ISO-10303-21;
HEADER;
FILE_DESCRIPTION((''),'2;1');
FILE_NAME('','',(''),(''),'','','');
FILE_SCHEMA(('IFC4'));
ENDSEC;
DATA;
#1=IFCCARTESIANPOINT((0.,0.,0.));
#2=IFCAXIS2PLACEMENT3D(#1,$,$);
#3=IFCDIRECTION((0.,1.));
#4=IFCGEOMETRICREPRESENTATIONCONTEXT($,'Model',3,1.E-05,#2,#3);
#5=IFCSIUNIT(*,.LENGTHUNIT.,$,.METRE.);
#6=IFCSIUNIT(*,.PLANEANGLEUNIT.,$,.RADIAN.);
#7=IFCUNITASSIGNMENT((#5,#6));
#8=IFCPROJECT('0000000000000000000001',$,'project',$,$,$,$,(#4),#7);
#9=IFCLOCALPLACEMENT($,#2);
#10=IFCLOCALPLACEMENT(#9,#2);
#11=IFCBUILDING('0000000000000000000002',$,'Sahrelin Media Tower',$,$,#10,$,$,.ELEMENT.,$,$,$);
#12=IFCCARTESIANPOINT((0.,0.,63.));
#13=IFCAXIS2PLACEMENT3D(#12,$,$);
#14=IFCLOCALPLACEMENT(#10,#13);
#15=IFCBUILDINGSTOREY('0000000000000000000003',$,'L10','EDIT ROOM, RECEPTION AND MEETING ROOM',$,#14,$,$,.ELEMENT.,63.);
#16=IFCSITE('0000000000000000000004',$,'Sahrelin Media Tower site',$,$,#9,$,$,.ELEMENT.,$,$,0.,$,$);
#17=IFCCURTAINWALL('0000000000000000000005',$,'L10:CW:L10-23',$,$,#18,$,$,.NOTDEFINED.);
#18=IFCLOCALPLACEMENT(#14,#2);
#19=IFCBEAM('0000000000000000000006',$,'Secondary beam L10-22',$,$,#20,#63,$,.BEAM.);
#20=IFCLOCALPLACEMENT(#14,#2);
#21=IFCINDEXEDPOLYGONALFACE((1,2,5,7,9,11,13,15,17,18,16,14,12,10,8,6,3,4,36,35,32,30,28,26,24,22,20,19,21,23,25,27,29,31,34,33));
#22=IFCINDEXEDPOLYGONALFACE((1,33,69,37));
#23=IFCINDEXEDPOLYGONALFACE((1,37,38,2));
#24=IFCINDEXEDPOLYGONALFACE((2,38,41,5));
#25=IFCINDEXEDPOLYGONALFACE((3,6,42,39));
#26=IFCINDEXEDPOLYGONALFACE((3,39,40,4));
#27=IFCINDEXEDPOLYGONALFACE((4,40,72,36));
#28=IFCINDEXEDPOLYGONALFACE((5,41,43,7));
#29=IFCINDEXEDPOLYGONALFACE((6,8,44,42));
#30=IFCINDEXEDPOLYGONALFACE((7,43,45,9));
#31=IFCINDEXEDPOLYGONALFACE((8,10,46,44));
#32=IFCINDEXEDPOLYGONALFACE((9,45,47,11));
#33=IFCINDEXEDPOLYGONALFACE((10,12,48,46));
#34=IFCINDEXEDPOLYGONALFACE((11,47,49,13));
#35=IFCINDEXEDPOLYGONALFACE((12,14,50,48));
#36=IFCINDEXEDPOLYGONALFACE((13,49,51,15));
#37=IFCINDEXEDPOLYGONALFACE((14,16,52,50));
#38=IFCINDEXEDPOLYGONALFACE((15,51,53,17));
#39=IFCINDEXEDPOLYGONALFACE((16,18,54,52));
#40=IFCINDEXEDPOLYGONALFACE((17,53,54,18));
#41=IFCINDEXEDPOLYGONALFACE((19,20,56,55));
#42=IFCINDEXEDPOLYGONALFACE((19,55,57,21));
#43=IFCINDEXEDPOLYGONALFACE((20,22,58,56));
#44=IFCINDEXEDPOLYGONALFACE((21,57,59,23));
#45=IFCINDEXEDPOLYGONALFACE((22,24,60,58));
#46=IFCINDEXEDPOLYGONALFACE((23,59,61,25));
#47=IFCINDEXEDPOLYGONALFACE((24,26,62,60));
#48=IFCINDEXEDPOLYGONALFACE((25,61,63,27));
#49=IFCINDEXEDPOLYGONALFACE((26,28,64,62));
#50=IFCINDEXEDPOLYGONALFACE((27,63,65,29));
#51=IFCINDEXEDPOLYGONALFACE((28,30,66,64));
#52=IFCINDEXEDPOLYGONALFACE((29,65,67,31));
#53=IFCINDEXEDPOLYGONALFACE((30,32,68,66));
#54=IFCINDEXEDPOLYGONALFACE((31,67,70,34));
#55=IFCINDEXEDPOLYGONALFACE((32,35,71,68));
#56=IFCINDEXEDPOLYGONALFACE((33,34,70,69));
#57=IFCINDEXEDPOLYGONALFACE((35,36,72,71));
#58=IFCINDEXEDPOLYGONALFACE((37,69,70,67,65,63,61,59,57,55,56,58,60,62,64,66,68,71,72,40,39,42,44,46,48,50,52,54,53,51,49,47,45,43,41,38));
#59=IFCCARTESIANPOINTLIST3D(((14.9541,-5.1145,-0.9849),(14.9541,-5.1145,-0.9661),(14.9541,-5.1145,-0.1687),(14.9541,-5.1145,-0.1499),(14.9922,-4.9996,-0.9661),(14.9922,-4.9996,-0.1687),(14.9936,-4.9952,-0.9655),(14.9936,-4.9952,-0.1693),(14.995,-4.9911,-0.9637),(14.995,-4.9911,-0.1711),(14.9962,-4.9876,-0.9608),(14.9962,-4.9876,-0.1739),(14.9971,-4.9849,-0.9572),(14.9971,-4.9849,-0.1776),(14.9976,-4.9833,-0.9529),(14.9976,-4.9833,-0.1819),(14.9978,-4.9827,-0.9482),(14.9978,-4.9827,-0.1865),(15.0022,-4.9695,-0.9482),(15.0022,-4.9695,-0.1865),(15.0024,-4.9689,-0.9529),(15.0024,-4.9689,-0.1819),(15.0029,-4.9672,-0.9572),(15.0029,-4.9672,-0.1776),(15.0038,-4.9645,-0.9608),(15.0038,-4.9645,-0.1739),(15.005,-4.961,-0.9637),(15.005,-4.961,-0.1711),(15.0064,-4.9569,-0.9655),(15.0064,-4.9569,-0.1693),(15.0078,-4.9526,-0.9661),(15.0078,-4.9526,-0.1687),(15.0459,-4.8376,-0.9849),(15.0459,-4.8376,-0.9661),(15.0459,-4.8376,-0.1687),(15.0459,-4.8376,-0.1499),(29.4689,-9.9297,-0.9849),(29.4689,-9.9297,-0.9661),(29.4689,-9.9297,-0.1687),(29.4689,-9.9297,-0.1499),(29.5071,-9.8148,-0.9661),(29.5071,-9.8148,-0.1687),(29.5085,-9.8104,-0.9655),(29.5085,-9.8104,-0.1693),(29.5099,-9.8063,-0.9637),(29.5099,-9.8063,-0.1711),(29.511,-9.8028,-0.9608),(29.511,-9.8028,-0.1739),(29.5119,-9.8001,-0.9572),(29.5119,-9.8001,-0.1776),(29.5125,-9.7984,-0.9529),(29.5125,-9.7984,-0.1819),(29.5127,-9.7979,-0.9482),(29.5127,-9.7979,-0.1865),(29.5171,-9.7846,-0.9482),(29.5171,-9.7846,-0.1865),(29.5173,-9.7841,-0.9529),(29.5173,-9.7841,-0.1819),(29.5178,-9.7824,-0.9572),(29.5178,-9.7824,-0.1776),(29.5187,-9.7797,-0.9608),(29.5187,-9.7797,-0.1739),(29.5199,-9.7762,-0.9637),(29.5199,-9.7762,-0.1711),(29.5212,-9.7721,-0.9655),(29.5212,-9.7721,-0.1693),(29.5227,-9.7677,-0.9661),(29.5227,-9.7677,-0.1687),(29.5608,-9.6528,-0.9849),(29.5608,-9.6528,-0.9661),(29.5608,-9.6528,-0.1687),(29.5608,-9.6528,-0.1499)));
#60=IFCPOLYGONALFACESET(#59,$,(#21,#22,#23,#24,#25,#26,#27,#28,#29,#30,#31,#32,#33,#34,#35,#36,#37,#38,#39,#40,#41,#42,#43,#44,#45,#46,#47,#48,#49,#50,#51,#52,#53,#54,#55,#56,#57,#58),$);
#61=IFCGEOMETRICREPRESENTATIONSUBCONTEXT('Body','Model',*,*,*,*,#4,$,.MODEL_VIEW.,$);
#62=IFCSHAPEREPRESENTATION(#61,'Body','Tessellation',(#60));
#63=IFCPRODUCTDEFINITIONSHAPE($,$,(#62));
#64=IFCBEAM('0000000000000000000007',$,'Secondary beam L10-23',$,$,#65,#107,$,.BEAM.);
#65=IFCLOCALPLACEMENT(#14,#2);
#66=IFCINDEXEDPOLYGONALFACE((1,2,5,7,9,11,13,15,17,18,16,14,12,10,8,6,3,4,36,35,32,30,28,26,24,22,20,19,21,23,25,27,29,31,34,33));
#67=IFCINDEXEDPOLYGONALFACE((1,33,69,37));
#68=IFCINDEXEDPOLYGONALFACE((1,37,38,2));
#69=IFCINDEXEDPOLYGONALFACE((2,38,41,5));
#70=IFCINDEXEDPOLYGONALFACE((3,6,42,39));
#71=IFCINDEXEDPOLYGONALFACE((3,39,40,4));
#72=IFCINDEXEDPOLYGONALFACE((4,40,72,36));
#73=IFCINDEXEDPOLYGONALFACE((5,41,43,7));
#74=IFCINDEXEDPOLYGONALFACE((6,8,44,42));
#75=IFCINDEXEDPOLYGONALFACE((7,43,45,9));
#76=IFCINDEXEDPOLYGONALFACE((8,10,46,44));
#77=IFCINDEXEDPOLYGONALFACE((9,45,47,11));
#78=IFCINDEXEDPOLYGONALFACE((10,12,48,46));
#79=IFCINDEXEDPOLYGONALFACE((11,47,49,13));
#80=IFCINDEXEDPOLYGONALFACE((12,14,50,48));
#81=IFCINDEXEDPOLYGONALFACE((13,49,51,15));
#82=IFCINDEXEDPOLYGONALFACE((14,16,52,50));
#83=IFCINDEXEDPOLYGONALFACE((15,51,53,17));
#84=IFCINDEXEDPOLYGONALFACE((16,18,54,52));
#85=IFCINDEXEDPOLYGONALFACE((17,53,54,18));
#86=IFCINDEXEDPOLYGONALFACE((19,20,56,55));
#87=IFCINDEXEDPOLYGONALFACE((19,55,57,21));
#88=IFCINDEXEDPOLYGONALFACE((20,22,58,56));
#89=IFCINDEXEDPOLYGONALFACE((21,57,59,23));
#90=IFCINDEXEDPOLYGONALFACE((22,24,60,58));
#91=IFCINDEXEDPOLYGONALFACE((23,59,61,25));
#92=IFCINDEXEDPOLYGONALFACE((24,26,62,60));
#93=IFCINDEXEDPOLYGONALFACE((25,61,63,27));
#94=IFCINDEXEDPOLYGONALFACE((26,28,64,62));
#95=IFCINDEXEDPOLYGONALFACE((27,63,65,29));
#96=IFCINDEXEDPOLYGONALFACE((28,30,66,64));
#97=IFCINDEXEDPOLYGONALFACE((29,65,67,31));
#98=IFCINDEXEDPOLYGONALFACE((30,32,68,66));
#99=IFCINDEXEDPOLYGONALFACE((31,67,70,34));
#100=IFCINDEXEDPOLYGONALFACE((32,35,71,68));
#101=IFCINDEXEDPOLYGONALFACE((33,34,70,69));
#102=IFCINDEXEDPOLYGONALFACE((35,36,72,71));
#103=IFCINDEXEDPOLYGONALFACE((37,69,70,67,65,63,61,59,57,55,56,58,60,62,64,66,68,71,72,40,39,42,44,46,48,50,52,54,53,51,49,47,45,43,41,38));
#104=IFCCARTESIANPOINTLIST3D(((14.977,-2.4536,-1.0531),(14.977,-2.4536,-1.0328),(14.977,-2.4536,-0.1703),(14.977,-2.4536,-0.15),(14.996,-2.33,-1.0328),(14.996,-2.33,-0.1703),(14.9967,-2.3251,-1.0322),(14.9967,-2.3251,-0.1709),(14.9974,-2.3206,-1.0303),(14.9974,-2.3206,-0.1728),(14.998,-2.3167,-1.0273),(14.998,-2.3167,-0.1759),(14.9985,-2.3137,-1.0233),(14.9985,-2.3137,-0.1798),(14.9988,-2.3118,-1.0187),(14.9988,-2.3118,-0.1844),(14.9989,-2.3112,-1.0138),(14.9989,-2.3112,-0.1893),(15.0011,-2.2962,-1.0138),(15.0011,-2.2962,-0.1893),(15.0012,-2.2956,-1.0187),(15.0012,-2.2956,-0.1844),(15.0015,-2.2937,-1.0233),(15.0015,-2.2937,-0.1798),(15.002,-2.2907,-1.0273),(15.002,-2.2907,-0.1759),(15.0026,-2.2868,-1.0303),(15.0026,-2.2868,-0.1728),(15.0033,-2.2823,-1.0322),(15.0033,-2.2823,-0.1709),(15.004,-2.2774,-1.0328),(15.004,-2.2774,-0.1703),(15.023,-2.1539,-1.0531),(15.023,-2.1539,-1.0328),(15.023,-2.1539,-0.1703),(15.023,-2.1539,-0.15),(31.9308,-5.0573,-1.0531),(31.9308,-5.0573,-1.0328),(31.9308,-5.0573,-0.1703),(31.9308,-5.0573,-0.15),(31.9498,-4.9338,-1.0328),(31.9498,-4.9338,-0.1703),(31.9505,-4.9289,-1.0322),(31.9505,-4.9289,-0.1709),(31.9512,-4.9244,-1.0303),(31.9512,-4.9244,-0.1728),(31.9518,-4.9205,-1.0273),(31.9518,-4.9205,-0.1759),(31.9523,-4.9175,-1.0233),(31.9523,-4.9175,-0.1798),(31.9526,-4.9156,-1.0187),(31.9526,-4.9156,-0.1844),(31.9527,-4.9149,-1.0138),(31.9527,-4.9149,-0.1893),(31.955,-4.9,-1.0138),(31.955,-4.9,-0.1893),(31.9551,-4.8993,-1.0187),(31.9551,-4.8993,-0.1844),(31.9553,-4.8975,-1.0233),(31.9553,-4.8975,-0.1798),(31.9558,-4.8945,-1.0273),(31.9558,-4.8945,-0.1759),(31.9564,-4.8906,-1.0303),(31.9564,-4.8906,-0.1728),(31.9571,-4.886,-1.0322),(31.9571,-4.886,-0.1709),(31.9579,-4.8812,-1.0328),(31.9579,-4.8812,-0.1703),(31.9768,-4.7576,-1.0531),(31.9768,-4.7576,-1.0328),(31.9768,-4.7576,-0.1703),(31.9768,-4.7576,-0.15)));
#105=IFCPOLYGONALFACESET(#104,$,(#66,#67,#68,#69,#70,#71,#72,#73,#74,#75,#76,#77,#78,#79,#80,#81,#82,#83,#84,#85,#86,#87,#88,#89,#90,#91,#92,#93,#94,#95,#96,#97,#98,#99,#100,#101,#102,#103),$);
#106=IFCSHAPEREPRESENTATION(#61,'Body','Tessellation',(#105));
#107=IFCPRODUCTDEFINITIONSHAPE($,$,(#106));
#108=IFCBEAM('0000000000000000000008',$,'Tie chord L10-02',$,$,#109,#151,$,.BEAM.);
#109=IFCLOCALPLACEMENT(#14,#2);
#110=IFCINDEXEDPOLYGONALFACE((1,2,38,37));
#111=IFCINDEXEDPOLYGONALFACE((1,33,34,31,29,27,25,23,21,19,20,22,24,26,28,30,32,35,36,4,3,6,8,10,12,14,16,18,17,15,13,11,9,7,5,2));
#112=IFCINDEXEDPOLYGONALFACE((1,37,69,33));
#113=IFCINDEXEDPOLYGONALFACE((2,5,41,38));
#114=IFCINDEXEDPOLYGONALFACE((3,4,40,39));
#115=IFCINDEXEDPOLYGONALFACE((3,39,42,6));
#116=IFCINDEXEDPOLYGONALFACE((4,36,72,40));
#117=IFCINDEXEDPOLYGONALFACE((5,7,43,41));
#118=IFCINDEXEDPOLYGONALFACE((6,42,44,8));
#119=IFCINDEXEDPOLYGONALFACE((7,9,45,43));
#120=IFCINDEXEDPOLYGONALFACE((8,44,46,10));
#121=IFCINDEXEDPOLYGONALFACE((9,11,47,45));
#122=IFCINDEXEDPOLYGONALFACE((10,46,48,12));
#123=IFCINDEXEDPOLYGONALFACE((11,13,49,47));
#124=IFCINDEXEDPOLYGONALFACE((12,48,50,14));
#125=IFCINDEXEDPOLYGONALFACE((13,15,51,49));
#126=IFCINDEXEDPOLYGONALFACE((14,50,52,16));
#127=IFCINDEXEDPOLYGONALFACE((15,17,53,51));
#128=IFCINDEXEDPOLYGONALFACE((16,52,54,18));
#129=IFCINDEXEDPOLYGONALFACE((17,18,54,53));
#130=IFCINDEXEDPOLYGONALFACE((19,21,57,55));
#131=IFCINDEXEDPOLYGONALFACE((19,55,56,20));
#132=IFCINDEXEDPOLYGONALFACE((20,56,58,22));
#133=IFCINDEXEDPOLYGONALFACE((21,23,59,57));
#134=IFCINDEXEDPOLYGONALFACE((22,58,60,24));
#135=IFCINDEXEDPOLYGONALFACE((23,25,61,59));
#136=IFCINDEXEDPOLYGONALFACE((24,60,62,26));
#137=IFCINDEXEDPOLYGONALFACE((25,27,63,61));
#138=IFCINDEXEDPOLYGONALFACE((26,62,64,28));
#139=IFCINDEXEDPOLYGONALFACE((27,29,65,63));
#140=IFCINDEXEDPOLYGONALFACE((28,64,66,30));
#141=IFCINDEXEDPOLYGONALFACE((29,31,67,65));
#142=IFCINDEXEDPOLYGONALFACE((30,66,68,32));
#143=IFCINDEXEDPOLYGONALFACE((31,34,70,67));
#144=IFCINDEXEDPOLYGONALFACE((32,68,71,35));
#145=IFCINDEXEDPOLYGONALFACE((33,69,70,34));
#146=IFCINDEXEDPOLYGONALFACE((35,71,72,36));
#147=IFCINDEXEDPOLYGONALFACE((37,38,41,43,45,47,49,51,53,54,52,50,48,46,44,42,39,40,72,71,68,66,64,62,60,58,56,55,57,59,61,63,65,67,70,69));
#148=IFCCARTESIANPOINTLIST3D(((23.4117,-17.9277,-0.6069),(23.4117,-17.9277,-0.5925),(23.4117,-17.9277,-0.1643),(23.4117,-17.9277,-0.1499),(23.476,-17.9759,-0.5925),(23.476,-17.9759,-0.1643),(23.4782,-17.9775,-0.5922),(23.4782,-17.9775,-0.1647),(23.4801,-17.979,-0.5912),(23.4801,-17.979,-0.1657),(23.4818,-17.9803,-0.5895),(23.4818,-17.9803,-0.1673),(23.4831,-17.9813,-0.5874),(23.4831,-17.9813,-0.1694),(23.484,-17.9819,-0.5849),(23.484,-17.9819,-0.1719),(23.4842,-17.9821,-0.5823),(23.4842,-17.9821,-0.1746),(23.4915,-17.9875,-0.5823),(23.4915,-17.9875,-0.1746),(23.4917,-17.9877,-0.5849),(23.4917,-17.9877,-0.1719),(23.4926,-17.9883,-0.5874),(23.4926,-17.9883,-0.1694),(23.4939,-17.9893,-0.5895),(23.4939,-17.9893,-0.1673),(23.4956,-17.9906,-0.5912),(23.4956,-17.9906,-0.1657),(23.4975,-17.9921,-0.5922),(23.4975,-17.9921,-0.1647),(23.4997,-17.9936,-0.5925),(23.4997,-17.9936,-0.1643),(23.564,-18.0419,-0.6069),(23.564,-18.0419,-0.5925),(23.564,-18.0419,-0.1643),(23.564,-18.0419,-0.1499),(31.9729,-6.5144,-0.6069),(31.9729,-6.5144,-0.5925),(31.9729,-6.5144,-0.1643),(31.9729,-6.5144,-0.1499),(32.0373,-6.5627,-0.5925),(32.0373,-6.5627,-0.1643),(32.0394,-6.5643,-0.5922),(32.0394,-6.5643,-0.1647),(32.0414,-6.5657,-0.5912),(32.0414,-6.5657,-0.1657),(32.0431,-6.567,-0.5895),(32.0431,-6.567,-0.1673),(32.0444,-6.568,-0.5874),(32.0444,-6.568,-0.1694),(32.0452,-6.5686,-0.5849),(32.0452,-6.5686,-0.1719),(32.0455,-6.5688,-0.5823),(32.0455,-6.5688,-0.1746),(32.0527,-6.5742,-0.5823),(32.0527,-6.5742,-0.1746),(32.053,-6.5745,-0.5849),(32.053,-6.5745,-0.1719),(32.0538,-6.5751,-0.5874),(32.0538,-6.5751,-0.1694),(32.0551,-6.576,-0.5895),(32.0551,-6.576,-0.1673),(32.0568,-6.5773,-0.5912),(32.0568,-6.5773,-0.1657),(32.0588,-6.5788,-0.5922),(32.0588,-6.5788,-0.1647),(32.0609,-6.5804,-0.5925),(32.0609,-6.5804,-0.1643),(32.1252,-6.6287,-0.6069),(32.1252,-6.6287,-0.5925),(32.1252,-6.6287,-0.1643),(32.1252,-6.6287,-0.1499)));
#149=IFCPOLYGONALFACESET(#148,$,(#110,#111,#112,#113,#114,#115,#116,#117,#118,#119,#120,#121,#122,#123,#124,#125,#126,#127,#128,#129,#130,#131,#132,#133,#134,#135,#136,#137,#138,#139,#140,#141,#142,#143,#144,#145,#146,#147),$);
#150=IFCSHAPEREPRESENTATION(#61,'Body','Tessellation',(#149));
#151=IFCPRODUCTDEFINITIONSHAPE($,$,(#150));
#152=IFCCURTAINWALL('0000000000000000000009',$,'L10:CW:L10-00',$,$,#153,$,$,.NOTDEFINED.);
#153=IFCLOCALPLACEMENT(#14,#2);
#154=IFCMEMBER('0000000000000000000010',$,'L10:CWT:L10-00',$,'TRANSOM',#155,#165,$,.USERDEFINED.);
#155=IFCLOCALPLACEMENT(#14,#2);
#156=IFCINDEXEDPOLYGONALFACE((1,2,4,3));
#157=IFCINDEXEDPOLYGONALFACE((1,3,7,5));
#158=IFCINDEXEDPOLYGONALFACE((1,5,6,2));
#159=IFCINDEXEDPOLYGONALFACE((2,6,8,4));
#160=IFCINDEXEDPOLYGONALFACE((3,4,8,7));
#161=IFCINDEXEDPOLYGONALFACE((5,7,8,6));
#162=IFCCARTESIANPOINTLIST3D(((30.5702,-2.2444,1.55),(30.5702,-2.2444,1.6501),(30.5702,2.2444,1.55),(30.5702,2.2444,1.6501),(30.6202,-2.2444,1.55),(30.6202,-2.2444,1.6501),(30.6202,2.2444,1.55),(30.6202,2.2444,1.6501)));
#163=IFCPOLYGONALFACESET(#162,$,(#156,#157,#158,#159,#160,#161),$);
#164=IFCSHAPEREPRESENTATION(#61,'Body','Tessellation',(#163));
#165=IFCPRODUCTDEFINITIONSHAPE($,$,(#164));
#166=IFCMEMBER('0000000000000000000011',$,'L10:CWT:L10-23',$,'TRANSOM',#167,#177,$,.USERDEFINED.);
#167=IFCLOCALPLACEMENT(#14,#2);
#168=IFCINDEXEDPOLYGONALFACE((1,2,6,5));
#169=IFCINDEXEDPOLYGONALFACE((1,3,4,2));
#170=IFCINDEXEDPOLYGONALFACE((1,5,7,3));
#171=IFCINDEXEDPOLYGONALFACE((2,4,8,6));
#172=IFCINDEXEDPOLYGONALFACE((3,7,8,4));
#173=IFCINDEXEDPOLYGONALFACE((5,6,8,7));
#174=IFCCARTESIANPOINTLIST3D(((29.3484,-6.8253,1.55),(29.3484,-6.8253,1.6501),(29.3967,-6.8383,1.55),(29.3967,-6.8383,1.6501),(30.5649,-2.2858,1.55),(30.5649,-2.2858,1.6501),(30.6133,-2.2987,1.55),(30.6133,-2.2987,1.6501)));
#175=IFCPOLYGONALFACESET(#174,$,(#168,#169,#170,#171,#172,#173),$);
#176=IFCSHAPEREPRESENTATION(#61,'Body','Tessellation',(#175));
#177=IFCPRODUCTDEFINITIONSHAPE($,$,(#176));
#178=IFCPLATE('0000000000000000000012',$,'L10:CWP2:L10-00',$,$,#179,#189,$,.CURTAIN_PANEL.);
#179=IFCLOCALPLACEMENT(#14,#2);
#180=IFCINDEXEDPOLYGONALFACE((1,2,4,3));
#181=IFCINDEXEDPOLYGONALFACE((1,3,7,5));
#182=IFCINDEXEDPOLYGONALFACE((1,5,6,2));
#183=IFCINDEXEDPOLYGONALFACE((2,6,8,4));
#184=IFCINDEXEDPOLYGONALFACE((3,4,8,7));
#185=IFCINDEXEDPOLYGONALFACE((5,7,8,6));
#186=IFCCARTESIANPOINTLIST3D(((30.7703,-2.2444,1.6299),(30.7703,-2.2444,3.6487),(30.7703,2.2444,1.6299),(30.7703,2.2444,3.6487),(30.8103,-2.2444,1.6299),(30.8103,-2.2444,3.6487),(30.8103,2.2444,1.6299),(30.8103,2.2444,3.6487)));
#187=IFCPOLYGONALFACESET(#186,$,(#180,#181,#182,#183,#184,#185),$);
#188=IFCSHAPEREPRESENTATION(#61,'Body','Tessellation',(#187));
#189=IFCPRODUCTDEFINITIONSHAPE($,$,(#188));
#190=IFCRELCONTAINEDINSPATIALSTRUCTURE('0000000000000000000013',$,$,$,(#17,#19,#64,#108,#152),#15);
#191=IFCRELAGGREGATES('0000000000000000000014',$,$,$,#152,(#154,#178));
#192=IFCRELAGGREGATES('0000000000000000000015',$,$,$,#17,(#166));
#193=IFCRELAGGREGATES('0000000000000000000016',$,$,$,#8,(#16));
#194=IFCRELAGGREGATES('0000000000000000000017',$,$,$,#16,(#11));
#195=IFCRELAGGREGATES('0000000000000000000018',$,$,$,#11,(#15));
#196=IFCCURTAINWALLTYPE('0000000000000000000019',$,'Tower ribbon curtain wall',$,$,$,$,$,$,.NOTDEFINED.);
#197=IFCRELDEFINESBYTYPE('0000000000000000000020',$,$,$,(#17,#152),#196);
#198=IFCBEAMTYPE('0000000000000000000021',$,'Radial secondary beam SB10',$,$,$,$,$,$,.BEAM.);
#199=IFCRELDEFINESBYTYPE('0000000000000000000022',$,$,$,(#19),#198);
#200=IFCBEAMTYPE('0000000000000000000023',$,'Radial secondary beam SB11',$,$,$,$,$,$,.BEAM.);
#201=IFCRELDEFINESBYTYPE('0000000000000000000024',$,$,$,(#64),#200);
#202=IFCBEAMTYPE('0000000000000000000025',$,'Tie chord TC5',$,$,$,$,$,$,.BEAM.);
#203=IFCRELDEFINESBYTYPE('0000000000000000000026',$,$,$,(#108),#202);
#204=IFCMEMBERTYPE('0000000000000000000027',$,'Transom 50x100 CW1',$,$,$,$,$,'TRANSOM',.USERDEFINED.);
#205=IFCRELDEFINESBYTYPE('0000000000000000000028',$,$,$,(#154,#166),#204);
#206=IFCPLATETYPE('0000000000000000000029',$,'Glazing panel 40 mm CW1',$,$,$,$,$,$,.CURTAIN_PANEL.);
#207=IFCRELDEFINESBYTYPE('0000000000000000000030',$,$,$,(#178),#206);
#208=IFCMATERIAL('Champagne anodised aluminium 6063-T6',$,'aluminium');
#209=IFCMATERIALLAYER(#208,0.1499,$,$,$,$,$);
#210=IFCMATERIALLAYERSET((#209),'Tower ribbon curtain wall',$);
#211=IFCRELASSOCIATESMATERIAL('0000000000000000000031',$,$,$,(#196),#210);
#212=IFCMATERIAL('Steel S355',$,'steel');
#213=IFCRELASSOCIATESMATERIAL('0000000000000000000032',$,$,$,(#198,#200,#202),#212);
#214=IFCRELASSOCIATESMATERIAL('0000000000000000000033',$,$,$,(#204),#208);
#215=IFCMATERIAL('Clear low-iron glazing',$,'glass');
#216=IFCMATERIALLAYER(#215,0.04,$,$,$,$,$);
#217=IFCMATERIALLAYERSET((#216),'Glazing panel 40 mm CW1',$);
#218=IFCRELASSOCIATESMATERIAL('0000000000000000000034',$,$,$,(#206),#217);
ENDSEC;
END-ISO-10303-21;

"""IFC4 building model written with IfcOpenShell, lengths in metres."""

from ifc_helpers import new_model, si_unit, direction, frame, origin, origin_2d, place, context, subcontext, project, spatial, polyline, rectangle, i_section, outline, extrude, material, layer, layer_set, material_profile, profile_set, type_object, element, aggregate, save


model = new_model("IFC4")

# Units and contexts
model_context = context("Model", 3, precision=1e-05, world=origin(), true_north=direction((0.0, 1.0)))
body_context = subcontext(model_context, "Body", "Model", "MODEL_VIEW")
ifc_project = project(units=[si_unit("LENGTHUNIT", "METRE"), si_unit("PLANEANGLEUNIT", "RADIAN")], contexts=[model_context])

# Site, building, storey
site_placement = place(None, origin())
site = spatial("IfcSite", under=ifc_project, at=site_placement, Name="Sahrelin Media Tower site", CompositionType="ELEMENT", RefElevation=0.0)
building_placement = place(site_placement, origin())
building = spatial("IfcBuilding", under=site, at=building_placement, Name="Sahrelin Media Tower", CompositionType="ELEMENT")
storey_placement = place(building_placement, frame((0.0, 0.0, 63.0)))
storey = spatial("IfcBuildingStorey", under=building, at=storey_placement, Name="L10", Description="EDIT ROOM, RECEPTION AND MEETING ROOM", CompositionType="ELEMENT", Elevation=63.0)

# Shared definitions
ifc_material_1 = material(Name="Steel S355", Category="steel")

# Curtain wall
ifc_material_2 = material(Name="Champagne anodised aluminium 6063-T6", Category="aluminium")
ifc_layer_1 = layer(ifc_material_2, 0.1499)
ifc_layer_set_1 = layer_set([ifc_layer_1], Name="Tower ribbon curtain wall")
curtain_wall_type = type_object("IfcCurtainWallType", Name="Tower ribbon curtain wall", PredefinedType="NOTDEFINED", material=ifc_layer_set_1)
curtain_wall_1_placement = place(storey_placement, frame((30.1692, -4.6125, 0.0), z_axis=(0.0, 0.0, 1.0), x_axis=(1.0, 0.0, 0.0)))
curtain_wall_1 = element("IfcCurtainWall", 1, at=curtain_wall_1_placement, inside=storey, type_object=curtain_wall_type, Name="L10:CW:L10-23", PredefinedType="NOTDEFINED")

# Beams
ifc_material_profile_1 = material_profile(ifc_material_1, i_section(OverallWidth=0.2917, OverallDepth=0.835, WebThickness=0.0139, FlangeThickness=0.0188, FilletRadius=0.0178, at=origin_2d()), Name="UB 838x292x176")
ifc_profile_set_1 = profile_set([ifc_material_profile_1], Name="Steel S355")
beam_type_1 = type_object("IfcBeamType", Name="Radial secondary beam SB10", PredefinedType="BEAM", material=ifc_profile_set_1)
beam_1_placement = place(storey_placement, frame((15.0, -4.9761, -0.5674), z_axis=(0.949136, -0.314867, 0.0), x_axis=(0.314867, 0.949136, 0.0)))
element("IfcBeam", 2, at=beam_1_placement, inside=storey, type_object=beam_type_1, Name="Secondary beam L10-22", PredefinedType="BEAM", context=body_context, shape_type="SweptSolid", body=[
    extrude(i_section(OverallWidth=0.2917, OverallDepth=0.835, WebThickness=0.0139, FlangeThickness=0.0188, FilletRadius=0.0178, at=origin_2d()), origin(), (0.0, 0.0, 1.0), 15.2927),
])
ifc_material_profile_2 = material_profile(ifc_material_1, i_section(OverallWidth=0.3032, OverallDepth=0.9031, WebThickness=0.0151, FlangeThickness=0.0203, FilletRadius=0.019, at=origin_2d()), Name="UB 914x305x201")
ifc_profile_set_2 = profile_set([ifc_material_profile_2], Name="Steel S355")
beam_type_2 = type_object("IfcBeamType", Name="Radial secondary beam SB11", PredefinedType="BEAM", material=ifc_profile_set_2)
beam_2_placement = place(storey_placement, frame((15.0, -2.3037, -0.6016), z_axis=(0.988411, -0.151799, 0.0), x_axis=(0.151799, 0.988411, 0.0)))
element("IfcBeam", 3, at=beam_2_placement, inside=storey, type_object=beam_type_2, Name="Secondary beam L10-23", PredefinedType="BEAM", context=body_context, shape_type="SweptSolid", body=[
    extrude(i_section(OverallWidth=0.3032, OverallDepth=0.9031, WebThickness=0.0151, FlangeThickness=0.0203, FilletRadius=0.019, at=origin_2d()), origin(), (0.0, 0.0, 1.0), 17.1526),
])
ifc_material_profile_3 = material_profile(ifc_material_1, i_section(OverallWidth=0.1904, OverallDepth=0.457, WebThickness=0.009, FlangeThickness=0.0144, FilletRadius=0.0103, at=origin_2d()), Name="UB 457x191x74")
ifc_profile_set_3 = profile_set([ifc_material_profile_3], Name="Steel S355")
beam_type_3 = type_object("IfcBeamType", Name="Tie chord TC5", PredefinedType="BEAM", material=ifc_profile_set_3)
beam_3_placement = place(storey_placement, frame((32.0491, -6.5715, -0.3784), z_axis=(-0.600057, -0.799957, 0.0), x_axis=(0.799957, -0.600057, 0.0)))
element("IfcBeam", 4, at=beam_3_placement, inside=storey, type_object=beam_type_3, Name="Tie chord L10-02", PredefinedType="BEAM", context=body_context, shape_type="SweptSolid", body=[
    extrude(i_section(OverallWidth=0.1904, OverallDepth=0.457, WebThickness=0.009, FlangeThickness=0.0144, FilletRadius=0.0103, at=origin_2d()), origin(), (0.0, 0.0, 1.0), 14.2673),
])

# Curtain wall, member
curtain_wall_2_placement = place(storey_placement, frame((30.7903, 0.0, 0.0), z_axis=(0.0, 0.0, 1.0), x_axis=(1.0, 0.0, 0.0)))
curtain_wall_2 = element("IfcCurtainWall", 5, at=curtain_wall_2_placement, inside=storey, type_object=curtain_wall_type, Name="L10:CW:L10-00", PredefinedType="NOTDEFINED")
ifc_material_profile_4 = material_profile(ifc_material_2, rectangle(XDim=0.05, YDim=0.1001, at=origin_2d()), Name="Transom 50x100")
ifc_profile_set_4 = profile_set([ifc_material_profile_4], Name="Champagne anodised aluminium 6063-T6")
member_type_1 = type_object("IfcMemberType", Name="Transom 50x100 CW1", ElementType="TRANSOM", PredefinedType="USERDEFINED", material=ifc_profile_set_4)
member_1_placement = place(storey_placement, frame((30.5952, -2.2444, 1.6001), z_axis=(0.0, 1.0, 0.0), x_axis=(-1.0, 0.0, 0.0)))
member_1 = element("IfcMember", 6, at=member_1_placement, type_object=member_type_1, Name="L10:CWT:L10-00", ObjectType="TRANSOM", PredefinedType="USERDEFINED", context=body_context, shape_type="SweptSolid", body=[
    extrude(rectangle(XDim=0.05, YDim=0.1001, at=origin_2d()), origin(), (0.0, 0.0, 1.0), 4.4888),
])

# Member
member_2_placement = place(storey_placement, frame((29.3726, -6.8318, 1.6001), z_axis=(0.258856, 0.965916, 0.0), x_axis=(-0.965916, 0.258856, 0.0)))
member_2 = element("IfcMember", 7, at=member_2_placement, type_object=member_type_1, Name="L10:CWT:L10-23", ObjectType="TRANSOM", PredefinedType="USERDEFINED", context=body_context, shape_type="SweptSolid", body=[
    extrude(rectangle(XDim=0.05, YDim=0.1001, at=origin_2d()), origin(), (0.0, 0.0, 1.0), 4.6997),
])

# Plate
ifc_material_3 = material(Name="Clear low-iron glazing", Category="glass")
ifc_layer_2 = layer(ifc_material_3, 0.04)
ifc_layer_set_2 = layer_set([ifc_layer_2], Name="Glazing panel 40 mm CW1")
plate_type_1 = type_object("IfcPlateType", Name="Glazing panel 40 mm CW1", PredefinedType="CURTAIN_PANEL", material=ifc_layer_set_2)
plate_1_placement = place(storey_placement, frame((30.8103, -2.2444, 1.6299), z_axis=(1.0, 0.0, 0.0), x_axis=(0.0, 1.0, 0.0)))
plate_1 = element("IfcPlate", 8, at=plate_1_placement, type_object=plate_type_1, Name="L10:CWP2:L10-00", PredefinedType="CURTAIN_PANEL", context=body_context, shape_type="SweptSolid", body=[
    extrude(outline(polyline([(0.0, 0.0), (4.4888, 0.0), (4.4888, 2.0188), (0.0, 2.0188), (0.0, 0.0)])), origin(), (0.0, 0.0, -1.0), 0.04),
])
aggregate(curtain_wall_2, [member_1, plate_1])
aggregate(curtain_wall_1, [member_2])

save(model, "model.ifc")
